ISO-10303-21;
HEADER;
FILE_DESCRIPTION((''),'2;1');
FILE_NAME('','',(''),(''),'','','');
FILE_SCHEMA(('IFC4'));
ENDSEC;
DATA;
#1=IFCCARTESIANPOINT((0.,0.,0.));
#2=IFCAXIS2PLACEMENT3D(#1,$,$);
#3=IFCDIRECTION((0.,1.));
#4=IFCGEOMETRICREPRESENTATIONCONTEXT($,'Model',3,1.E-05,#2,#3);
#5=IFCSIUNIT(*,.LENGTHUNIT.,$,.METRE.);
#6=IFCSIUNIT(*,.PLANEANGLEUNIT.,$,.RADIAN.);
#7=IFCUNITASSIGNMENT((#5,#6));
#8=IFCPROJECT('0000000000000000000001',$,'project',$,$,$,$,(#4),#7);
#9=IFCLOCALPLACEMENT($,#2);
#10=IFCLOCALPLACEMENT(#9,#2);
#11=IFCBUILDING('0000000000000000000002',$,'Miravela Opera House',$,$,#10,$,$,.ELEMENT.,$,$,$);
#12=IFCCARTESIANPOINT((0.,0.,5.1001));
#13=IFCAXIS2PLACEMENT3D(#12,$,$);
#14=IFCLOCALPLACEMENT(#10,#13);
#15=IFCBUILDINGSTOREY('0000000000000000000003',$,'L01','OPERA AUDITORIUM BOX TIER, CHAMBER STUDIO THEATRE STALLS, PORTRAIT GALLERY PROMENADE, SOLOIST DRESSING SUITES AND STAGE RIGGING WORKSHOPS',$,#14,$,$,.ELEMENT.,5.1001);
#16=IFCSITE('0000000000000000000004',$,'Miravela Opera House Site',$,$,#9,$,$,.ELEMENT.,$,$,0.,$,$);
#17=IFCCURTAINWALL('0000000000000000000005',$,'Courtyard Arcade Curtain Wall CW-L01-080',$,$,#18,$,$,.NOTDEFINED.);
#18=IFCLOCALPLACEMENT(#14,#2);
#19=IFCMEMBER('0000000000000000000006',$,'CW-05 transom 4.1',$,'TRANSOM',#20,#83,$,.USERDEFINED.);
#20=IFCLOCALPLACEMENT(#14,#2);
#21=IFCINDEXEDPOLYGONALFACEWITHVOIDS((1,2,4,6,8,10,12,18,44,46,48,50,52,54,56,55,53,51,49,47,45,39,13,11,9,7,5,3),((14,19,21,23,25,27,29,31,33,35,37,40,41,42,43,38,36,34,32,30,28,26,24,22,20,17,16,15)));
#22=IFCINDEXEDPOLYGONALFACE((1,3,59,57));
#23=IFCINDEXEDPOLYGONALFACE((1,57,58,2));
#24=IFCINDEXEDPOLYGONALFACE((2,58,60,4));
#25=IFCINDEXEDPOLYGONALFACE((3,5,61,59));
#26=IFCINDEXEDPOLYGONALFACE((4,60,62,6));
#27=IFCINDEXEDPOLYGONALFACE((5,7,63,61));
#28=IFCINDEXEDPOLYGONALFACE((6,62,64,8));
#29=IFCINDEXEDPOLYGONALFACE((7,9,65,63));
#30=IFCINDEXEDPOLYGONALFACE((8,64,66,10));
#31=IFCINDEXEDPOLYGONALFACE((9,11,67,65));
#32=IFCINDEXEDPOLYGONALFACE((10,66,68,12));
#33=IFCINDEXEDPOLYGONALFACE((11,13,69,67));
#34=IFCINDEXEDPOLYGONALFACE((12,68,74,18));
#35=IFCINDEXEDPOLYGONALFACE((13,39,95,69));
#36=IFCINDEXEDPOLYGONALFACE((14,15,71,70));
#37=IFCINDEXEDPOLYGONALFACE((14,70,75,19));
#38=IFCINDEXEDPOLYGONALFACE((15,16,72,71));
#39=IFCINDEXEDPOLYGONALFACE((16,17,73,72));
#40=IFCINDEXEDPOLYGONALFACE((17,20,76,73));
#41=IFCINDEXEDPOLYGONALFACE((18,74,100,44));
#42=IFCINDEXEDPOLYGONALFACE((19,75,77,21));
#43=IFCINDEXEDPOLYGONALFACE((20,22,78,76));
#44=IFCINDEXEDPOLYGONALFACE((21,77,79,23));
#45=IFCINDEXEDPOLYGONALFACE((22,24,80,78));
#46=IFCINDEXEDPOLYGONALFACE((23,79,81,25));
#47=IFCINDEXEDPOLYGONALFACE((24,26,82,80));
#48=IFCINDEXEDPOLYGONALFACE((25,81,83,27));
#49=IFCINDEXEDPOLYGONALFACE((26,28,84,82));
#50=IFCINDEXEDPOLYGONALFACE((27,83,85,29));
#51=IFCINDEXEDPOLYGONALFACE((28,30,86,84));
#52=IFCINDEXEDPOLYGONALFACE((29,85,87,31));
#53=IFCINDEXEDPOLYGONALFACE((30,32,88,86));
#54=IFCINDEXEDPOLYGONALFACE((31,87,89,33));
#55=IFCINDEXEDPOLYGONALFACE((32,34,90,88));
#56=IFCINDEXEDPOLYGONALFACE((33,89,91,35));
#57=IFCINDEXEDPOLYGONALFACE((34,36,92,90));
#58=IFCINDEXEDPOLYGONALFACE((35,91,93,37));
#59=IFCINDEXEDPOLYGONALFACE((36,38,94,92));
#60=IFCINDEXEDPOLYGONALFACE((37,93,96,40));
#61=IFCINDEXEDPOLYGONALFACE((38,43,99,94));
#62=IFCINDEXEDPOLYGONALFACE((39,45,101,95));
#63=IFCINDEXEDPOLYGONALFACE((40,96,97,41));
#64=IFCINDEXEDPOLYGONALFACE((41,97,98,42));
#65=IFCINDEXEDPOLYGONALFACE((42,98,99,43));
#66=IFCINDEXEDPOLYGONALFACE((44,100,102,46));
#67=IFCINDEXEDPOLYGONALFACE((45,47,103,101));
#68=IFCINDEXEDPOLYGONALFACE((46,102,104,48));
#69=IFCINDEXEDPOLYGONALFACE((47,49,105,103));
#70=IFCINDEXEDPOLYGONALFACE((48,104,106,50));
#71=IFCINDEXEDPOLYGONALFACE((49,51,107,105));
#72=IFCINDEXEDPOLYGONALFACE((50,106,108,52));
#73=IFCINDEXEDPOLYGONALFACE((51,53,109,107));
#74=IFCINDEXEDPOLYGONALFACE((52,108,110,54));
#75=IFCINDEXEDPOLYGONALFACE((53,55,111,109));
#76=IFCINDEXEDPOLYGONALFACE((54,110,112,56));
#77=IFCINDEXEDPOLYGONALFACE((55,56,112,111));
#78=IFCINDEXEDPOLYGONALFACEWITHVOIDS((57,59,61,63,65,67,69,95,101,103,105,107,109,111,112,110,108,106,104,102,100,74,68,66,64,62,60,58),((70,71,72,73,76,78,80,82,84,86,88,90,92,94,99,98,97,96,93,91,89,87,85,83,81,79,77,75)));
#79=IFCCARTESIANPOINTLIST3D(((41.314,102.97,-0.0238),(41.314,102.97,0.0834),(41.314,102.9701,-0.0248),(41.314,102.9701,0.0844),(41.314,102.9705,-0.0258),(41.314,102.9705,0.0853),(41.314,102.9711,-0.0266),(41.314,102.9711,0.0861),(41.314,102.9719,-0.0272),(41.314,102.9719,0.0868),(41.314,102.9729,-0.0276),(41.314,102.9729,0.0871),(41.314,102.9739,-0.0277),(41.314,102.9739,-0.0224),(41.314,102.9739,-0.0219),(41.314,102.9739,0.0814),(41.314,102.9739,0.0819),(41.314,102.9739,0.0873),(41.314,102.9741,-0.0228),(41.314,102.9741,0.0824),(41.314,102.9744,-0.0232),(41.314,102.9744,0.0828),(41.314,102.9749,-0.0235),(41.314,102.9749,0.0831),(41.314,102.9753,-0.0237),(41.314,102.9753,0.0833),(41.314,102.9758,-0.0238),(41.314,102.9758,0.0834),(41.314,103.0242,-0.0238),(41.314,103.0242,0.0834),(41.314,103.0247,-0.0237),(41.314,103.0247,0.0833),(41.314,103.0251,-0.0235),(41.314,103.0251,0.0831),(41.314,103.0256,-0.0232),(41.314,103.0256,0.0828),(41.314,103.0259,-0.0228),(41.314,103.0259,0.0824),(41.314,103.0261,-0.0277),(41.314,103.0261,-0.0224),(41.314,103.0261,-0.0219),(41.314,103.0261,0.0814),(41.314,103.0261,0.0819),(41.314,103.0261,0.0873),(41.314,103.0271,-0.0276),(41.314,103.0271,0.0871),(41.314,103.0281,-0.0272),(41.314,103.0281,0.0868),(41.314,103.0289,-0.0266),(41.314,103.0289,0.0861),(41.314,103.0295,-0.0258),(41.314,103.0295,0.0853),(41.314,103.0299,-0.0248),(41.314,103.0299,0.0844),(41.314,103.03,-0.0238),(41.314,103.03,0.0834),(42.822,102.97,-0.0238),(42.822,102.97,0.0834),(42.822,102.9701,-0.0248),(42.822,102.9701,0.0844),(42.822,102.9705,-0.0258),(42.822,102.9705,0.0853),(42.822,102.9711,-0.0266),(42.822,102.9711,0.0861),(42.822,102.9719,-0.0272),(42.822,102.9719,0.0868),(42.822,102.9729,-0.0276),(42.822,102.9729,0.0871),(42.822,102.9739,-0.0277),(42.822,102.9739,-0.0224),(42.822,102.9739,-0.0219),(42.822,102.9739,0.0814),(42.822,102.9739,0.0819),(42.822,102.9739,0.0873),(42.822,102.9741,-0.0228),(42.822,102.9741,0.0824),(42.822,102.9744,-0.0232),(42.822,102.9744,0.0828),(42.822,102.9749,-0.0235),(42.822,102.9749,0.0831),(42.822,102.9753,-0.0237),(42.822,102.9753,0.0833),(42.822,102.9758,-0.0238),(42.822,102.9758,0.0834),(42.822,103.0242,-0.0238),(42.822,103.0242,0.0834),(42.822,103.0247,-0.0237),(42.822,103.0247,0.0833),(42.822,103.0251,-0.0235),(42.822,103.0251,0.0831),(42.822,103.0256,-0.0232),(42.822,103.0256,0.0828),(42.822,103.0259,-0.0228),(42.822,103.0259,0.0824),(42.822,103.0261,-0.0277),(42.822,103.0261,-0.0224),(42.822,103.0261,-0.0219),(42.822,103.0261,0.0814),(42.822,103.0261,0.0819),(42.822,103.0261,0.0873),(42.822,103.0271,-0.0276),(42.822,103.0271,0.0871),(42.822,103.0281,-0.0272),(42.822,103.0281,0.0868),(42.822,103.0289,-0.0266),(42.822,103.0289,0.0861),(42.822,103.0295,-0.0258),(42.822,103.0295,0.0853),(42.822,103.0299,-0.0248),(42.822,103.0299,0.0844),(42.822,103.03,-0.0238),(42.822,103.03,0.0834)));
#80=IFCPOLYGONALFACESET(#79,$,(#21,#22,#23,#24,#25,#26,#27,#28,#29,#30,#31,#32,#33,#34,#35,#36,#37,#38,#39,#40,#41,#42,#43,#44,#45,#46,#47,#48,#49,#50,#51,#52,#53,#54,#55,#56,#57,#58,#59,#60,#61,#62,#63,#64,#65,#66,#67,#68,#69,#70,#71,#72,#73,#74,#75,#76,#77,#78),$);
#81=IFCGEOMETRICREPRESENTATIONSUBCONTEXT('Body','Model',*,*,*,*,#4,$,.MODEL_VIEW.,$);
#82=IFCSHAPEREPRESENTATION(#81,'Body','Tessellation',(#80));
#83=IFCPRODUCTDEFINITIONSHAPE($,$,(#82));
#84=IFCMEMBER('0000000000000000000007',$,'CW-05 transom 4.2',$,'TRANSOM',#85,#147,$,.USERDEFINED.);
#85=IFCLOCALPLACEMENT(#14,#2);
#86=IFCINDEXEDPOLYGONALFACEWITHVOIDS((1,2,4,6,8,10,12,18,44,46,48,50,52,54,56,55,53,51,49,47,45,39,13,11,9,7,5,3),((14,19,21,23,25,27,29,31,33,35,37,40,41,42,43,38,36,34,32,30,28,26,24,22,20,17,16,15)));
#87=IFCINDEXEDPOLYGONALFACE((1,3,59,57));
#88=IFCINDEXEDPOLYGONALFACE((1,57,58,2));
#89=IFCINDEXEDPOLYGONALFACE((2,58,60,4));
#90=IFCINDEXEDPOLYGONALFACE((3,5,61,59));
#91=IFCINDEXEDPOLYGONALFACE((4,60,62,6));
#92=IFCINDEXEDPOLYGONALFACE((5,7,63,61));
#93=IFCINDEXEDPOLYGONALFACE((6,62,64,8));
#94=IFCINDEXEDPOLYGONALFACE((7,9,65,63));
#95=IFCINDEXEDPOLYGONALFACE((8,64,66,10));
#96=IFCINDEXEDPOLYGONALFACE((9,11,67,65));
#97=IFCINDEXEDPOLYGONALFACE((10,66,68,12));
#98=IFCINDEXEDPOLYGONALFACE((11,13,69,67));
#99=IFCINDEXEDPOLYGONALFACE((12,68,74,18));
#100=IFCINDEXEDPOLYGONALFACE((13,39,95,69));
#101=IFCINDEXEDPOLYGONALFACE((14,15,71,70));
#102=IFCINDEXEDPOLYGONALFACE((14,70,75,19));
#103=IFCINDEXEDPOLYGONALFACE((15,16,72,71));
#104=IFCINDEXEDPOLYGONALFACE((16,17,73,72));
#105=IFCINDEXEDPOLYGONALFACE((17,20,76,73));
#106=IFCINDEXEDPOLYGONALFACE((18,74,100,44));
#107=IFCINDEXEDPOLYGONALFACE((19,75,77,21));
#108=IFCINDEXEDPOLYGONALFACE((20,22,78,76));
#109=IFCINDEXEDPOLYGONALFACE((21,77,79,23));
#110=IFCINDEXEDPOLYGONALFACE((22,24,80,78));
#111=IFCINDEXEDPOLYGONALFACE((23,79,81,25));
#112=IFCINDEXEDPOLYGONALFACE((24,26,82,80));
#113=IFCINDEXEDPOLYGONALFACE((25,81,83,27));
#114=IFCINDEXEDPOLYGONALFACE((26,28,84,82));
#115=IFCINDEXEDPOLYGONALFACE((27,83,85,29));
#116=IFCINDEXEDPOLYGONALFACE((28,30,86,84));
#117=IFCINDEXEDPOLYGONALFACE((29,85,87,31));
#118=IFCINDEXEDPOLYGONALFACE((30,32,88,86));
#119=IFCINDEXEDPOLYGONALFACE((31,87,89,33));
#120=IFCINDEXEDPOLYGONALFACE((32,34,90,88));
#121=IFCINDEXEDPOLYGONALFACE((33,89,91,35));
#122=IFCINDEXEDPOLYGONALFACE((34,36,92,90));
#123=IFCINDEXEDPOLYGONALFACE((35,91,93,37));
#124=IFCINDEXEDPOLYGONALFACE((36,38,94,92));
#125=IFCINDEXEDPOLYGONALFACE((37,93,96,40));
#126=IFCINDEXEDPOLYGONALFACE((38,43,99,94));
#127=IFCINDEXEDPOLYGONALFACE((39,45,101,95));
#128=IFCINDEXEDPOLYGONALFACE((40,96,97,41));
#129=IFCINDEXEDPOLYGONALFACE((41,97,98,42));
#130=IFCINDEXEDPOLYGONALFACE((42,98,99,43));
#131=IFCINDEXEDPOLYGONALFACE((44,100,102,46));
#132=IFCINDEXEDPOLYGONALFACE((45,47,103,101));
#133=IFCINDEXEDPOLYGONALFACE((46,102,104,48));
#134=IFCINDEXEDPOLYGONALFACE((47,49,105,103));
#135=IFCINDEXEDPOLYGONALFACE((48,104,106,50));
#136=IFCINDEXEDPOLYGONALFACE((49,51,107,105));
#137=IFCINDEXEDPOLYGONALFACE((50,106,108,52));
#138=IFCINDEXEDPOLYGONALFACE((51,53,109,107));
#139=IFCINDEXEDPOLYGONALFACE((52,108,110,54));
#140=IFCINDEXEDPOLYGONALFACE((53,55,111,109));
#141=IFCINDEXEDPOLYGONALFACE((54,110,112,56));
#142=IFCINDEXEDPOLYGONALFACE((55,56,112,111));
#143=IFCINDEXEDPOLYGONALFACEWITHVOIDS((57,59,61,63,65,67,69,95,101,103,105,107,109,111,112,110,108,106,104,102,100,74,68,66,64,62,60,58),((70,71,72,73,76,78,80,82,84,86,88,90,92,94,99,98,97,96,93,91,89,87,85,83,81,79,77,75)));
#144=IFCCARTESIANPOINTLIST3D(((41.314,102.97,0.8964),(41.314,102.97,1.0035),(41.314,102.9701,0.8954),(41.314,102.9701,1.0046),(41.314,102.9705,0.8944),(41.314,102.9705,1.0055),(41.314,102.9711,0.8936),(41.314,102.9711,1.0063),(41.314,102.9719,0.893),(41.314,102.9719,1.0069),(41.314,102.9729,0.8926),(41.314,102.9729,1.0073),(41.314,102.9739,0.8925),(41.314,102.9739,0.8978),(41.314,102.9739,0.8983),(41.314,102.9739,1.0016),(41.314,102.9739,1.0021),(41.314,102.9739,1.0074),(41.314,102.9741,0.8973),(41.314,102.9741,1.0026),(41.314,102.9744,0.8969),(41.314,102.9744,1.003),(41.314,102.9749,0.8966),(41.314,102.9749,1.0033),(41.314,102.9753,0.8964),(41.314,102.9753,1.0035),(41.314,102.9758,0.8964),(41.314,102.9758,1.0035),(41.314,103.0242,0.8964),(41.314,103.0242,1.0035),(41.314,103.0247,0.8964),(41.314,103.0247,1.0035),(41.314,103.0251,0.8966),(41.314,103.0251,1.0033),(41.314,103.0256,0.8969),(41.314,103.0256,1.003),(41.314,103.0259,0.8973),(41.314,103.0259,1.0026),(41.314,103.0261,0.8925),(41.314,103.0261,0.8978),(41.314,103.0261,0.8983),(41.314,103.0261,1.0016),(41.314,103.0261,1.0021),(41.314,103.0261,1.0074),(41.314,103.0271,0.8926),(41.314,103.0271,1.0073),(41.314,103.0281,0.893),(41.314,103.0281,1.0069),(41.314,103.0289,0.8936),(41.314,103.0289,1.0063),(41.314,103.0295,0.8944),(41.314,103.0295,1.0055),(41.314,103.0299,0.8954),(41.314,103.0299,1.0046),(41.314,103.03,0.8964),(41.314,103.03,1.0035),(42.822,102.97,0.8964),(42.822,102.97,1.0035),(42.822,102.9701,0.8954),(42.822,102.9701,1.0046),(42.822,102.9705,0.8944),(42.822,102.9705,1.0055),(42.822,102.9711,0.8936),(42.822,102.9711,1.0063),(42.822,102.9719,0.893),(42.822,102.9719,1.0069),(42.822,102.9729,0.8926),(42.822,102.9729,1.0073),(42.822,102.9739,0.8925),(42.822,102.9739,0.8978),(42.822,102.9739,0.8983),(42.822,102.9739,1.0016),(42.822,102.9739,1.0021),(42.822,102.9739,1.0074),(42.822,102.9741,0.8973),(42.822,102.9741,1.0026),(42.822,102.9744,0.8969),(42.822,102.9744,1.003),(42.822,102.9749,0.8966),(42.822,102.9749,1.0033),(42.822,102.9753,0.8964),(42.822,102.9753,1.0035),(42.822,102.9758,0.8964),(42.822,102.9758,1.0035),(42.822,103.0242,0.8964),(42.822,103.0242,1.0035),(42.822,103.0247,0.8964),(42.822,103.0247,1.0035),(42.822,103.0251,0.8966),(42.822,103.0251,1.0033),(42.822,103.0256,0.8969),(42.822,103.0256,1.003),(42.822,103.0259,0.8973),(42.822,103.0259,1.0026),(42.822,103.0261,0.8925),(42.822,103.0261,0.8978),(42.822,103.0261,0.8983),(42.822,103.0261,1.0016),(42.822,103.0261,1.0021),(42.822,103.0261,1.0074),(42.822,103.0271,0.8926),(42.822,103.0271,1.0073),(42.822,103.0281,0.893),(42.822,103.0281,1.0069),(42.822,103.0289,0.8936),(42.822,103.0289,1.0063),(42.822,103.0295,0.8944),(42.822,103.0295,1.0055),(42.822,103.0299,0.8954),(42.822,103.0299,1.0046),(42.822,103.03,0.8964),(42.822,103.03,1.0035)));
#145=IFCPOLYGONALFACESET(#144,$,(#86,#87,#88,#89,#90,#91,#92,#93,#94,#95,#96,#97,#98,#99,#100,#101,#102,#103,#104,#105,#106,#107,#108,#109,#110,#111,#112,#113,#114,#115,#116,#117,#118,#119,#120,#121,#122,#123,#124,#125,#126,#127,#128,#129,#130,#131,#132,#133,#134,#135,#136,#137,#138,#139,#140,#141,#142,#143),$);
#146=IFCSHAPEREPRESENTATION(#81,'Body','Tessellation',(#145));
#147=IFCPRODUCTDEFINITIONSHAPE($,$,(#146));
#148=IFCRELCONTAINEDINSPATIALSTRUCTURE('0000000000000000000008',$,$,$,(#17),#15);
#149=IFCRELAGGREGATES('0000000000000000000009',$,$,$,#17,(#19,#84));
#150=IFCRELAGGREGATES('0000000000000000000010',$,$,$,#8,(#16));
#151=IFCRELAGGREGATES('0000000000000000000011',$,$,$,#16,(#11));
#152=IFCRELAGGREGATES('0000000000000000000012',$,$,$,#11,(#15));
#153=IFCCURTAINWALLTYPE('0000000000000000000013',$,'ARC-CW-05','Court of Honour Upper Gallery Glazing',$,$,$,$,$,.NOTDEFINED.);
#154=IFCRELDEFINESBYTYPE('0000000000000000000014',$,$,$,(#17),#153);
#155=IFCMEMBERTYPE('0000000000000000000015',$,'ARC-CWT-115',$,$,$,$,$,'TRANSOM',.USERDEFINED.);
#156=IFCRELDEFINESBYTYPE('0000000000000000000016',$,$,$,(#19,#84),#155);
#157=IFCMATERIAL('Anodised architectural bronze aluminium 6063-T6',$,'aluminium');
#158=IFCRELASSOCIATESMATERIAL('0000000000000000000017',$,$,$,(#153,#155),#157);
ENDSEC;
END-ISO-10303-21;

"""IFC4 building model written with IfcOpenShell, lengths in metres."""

from ifc_helpers import new_model, si_unit, direction, frame, origin, origin_2d, place, context, subcontext, project, spatial, hollow_rectangle, extrude, material, material_profile, profile_set, type_object, element, aggregate, save


model = new_model("IFC4")

# Units and contexts
model_context = context("Model", 3, precision=1e-05, world=origin(), true_north=direction((0.0, 1.0)))
body_context = subcontext(model_context, "Body", "Model", "MODEL_VIEW")
ifc_project = project(units=[si_unit("LENGTHUNIT", "METRE"), si_unit("PLANEANGLEUNIT", "RADIAN")], contexts=[model_context])

# Site, building, storey
site_placement = place(None, origin())
site = spatial("IfcSite", under=ifc_project, at=site_placement, Name="Miravela Opera House Site", CompositionType="ELEMENT", RefElevation=0.0)
building_placement = place(site_placement, origin())
building = spatial("IfcBuilding", under=site, at=building_placement, Name="Miravela Opera House", CompositionType="ELEMENT")
storey_placement = place(building_placement, frame((0.0, 0.0, 5.1001)))
storey = spatial("IfcBuildingStorey", under=building, at=storey_placement, Name="L01", Description="OPERA AUDITORIUM BOX TIER, CHAMBER STUDIO THEATRE STALLS, PORTRAIT GALLERY PROMENADE, SOLOIST DRESSING SUITES AND STAGE RIGGING WORKSHOPS", CompositionType="ELEMENT", Elevation=5.1001)

# Curtain wall, members
ifc_material_1 = material(Name="Anodised architectural bronze aluminium 6063-T6", Category="aluminium")
curtain_wall_type = type_object("IfcCurtainWallType", Name="ARC-CW-05", Description="Court of Honour Upper Gallery Glazing", PredefinedType="NOTDEFINED", material=ifc_material_1)
curtain_wall_placement = place(storey_placement, origin())
curtain_wall = element("IfcCurtainWall", 1, at=curtain_wall_placement, inside=storey, type_object=curtain_wall_type, Name="Courtyard Arcade Curtain Wall CW-L01-080", PredefinedType="NOTDEFINED")
ifc_material_profile_1 = material_profile(ifc_material_1, hollow_rectangle(XDim=0.0601, YDim=0.115, WallThickness=0.0039, InnerFilletRadius=0.002, OuterFilletRadius=0.0039, at=origin_2d()), Name="CWT-60X115")
ifc_profile_set_1 = profile_set([ifc_material_profile_1])
member_type_1 = type_object("IfcMemberType", Name="ARC-CWT-115", ElementType="TRANSOM", PredefinedType="USERDEFINED", material=ifc_profile_set_1)
member_1_placement = place(storey_placement, frame((41.314, 103.0, 0.0298), z_axis=(1.0, 0.0, 0.0), x_axis=(0.0, 1.0, 0.0)))
member_1 = element("IfcMember", 2, at=member_1_placement, type_object=member_type_1, Name="CW-05 transom 4.1", ObjectType="TRANSOM", PredefinedType="USERDEFINED", context=body_context, shape_type="SweptSolid", body=[
    extrude(hollow_rectangle(XDim=0.0601, YDim=0.115, WallThickness=0.0039, InnerFilletRadius=0.002, OuterFilletRadius=0.0039, at=origin_2d()), origin(), (0.0, 0.0, 1.0), 1.5081),
])
member_2_placement = place(storey_placement, frame((41.314, 103.0, 0.95), z_axis=(1.0, 0.0, 0.0), x_axis=(0.0, 1.0, 0.0)))
member_2 = element("IfcMember", 3, at=member_2_placement, type_object=member_type_1, Name="CW-05 transom 4.2", ObjectType="TRANSOM", PredefinedType="USERDEFINED", context=body_context, shape_type="SweptSolid", body=[
    extrude(hollow_rectangle(XDim=0.0601, YDim=0.115, WallThickness=0.0039, InnerFilletRadius=0.002, OuterFilletRadius=0.0039, at=origin_2d()), origin(), (0.0, 0.0, 1.0), 1.5081),
])

aggregate(curtain_wall, [member_1, member_2])

save(model, "model.ifc")
